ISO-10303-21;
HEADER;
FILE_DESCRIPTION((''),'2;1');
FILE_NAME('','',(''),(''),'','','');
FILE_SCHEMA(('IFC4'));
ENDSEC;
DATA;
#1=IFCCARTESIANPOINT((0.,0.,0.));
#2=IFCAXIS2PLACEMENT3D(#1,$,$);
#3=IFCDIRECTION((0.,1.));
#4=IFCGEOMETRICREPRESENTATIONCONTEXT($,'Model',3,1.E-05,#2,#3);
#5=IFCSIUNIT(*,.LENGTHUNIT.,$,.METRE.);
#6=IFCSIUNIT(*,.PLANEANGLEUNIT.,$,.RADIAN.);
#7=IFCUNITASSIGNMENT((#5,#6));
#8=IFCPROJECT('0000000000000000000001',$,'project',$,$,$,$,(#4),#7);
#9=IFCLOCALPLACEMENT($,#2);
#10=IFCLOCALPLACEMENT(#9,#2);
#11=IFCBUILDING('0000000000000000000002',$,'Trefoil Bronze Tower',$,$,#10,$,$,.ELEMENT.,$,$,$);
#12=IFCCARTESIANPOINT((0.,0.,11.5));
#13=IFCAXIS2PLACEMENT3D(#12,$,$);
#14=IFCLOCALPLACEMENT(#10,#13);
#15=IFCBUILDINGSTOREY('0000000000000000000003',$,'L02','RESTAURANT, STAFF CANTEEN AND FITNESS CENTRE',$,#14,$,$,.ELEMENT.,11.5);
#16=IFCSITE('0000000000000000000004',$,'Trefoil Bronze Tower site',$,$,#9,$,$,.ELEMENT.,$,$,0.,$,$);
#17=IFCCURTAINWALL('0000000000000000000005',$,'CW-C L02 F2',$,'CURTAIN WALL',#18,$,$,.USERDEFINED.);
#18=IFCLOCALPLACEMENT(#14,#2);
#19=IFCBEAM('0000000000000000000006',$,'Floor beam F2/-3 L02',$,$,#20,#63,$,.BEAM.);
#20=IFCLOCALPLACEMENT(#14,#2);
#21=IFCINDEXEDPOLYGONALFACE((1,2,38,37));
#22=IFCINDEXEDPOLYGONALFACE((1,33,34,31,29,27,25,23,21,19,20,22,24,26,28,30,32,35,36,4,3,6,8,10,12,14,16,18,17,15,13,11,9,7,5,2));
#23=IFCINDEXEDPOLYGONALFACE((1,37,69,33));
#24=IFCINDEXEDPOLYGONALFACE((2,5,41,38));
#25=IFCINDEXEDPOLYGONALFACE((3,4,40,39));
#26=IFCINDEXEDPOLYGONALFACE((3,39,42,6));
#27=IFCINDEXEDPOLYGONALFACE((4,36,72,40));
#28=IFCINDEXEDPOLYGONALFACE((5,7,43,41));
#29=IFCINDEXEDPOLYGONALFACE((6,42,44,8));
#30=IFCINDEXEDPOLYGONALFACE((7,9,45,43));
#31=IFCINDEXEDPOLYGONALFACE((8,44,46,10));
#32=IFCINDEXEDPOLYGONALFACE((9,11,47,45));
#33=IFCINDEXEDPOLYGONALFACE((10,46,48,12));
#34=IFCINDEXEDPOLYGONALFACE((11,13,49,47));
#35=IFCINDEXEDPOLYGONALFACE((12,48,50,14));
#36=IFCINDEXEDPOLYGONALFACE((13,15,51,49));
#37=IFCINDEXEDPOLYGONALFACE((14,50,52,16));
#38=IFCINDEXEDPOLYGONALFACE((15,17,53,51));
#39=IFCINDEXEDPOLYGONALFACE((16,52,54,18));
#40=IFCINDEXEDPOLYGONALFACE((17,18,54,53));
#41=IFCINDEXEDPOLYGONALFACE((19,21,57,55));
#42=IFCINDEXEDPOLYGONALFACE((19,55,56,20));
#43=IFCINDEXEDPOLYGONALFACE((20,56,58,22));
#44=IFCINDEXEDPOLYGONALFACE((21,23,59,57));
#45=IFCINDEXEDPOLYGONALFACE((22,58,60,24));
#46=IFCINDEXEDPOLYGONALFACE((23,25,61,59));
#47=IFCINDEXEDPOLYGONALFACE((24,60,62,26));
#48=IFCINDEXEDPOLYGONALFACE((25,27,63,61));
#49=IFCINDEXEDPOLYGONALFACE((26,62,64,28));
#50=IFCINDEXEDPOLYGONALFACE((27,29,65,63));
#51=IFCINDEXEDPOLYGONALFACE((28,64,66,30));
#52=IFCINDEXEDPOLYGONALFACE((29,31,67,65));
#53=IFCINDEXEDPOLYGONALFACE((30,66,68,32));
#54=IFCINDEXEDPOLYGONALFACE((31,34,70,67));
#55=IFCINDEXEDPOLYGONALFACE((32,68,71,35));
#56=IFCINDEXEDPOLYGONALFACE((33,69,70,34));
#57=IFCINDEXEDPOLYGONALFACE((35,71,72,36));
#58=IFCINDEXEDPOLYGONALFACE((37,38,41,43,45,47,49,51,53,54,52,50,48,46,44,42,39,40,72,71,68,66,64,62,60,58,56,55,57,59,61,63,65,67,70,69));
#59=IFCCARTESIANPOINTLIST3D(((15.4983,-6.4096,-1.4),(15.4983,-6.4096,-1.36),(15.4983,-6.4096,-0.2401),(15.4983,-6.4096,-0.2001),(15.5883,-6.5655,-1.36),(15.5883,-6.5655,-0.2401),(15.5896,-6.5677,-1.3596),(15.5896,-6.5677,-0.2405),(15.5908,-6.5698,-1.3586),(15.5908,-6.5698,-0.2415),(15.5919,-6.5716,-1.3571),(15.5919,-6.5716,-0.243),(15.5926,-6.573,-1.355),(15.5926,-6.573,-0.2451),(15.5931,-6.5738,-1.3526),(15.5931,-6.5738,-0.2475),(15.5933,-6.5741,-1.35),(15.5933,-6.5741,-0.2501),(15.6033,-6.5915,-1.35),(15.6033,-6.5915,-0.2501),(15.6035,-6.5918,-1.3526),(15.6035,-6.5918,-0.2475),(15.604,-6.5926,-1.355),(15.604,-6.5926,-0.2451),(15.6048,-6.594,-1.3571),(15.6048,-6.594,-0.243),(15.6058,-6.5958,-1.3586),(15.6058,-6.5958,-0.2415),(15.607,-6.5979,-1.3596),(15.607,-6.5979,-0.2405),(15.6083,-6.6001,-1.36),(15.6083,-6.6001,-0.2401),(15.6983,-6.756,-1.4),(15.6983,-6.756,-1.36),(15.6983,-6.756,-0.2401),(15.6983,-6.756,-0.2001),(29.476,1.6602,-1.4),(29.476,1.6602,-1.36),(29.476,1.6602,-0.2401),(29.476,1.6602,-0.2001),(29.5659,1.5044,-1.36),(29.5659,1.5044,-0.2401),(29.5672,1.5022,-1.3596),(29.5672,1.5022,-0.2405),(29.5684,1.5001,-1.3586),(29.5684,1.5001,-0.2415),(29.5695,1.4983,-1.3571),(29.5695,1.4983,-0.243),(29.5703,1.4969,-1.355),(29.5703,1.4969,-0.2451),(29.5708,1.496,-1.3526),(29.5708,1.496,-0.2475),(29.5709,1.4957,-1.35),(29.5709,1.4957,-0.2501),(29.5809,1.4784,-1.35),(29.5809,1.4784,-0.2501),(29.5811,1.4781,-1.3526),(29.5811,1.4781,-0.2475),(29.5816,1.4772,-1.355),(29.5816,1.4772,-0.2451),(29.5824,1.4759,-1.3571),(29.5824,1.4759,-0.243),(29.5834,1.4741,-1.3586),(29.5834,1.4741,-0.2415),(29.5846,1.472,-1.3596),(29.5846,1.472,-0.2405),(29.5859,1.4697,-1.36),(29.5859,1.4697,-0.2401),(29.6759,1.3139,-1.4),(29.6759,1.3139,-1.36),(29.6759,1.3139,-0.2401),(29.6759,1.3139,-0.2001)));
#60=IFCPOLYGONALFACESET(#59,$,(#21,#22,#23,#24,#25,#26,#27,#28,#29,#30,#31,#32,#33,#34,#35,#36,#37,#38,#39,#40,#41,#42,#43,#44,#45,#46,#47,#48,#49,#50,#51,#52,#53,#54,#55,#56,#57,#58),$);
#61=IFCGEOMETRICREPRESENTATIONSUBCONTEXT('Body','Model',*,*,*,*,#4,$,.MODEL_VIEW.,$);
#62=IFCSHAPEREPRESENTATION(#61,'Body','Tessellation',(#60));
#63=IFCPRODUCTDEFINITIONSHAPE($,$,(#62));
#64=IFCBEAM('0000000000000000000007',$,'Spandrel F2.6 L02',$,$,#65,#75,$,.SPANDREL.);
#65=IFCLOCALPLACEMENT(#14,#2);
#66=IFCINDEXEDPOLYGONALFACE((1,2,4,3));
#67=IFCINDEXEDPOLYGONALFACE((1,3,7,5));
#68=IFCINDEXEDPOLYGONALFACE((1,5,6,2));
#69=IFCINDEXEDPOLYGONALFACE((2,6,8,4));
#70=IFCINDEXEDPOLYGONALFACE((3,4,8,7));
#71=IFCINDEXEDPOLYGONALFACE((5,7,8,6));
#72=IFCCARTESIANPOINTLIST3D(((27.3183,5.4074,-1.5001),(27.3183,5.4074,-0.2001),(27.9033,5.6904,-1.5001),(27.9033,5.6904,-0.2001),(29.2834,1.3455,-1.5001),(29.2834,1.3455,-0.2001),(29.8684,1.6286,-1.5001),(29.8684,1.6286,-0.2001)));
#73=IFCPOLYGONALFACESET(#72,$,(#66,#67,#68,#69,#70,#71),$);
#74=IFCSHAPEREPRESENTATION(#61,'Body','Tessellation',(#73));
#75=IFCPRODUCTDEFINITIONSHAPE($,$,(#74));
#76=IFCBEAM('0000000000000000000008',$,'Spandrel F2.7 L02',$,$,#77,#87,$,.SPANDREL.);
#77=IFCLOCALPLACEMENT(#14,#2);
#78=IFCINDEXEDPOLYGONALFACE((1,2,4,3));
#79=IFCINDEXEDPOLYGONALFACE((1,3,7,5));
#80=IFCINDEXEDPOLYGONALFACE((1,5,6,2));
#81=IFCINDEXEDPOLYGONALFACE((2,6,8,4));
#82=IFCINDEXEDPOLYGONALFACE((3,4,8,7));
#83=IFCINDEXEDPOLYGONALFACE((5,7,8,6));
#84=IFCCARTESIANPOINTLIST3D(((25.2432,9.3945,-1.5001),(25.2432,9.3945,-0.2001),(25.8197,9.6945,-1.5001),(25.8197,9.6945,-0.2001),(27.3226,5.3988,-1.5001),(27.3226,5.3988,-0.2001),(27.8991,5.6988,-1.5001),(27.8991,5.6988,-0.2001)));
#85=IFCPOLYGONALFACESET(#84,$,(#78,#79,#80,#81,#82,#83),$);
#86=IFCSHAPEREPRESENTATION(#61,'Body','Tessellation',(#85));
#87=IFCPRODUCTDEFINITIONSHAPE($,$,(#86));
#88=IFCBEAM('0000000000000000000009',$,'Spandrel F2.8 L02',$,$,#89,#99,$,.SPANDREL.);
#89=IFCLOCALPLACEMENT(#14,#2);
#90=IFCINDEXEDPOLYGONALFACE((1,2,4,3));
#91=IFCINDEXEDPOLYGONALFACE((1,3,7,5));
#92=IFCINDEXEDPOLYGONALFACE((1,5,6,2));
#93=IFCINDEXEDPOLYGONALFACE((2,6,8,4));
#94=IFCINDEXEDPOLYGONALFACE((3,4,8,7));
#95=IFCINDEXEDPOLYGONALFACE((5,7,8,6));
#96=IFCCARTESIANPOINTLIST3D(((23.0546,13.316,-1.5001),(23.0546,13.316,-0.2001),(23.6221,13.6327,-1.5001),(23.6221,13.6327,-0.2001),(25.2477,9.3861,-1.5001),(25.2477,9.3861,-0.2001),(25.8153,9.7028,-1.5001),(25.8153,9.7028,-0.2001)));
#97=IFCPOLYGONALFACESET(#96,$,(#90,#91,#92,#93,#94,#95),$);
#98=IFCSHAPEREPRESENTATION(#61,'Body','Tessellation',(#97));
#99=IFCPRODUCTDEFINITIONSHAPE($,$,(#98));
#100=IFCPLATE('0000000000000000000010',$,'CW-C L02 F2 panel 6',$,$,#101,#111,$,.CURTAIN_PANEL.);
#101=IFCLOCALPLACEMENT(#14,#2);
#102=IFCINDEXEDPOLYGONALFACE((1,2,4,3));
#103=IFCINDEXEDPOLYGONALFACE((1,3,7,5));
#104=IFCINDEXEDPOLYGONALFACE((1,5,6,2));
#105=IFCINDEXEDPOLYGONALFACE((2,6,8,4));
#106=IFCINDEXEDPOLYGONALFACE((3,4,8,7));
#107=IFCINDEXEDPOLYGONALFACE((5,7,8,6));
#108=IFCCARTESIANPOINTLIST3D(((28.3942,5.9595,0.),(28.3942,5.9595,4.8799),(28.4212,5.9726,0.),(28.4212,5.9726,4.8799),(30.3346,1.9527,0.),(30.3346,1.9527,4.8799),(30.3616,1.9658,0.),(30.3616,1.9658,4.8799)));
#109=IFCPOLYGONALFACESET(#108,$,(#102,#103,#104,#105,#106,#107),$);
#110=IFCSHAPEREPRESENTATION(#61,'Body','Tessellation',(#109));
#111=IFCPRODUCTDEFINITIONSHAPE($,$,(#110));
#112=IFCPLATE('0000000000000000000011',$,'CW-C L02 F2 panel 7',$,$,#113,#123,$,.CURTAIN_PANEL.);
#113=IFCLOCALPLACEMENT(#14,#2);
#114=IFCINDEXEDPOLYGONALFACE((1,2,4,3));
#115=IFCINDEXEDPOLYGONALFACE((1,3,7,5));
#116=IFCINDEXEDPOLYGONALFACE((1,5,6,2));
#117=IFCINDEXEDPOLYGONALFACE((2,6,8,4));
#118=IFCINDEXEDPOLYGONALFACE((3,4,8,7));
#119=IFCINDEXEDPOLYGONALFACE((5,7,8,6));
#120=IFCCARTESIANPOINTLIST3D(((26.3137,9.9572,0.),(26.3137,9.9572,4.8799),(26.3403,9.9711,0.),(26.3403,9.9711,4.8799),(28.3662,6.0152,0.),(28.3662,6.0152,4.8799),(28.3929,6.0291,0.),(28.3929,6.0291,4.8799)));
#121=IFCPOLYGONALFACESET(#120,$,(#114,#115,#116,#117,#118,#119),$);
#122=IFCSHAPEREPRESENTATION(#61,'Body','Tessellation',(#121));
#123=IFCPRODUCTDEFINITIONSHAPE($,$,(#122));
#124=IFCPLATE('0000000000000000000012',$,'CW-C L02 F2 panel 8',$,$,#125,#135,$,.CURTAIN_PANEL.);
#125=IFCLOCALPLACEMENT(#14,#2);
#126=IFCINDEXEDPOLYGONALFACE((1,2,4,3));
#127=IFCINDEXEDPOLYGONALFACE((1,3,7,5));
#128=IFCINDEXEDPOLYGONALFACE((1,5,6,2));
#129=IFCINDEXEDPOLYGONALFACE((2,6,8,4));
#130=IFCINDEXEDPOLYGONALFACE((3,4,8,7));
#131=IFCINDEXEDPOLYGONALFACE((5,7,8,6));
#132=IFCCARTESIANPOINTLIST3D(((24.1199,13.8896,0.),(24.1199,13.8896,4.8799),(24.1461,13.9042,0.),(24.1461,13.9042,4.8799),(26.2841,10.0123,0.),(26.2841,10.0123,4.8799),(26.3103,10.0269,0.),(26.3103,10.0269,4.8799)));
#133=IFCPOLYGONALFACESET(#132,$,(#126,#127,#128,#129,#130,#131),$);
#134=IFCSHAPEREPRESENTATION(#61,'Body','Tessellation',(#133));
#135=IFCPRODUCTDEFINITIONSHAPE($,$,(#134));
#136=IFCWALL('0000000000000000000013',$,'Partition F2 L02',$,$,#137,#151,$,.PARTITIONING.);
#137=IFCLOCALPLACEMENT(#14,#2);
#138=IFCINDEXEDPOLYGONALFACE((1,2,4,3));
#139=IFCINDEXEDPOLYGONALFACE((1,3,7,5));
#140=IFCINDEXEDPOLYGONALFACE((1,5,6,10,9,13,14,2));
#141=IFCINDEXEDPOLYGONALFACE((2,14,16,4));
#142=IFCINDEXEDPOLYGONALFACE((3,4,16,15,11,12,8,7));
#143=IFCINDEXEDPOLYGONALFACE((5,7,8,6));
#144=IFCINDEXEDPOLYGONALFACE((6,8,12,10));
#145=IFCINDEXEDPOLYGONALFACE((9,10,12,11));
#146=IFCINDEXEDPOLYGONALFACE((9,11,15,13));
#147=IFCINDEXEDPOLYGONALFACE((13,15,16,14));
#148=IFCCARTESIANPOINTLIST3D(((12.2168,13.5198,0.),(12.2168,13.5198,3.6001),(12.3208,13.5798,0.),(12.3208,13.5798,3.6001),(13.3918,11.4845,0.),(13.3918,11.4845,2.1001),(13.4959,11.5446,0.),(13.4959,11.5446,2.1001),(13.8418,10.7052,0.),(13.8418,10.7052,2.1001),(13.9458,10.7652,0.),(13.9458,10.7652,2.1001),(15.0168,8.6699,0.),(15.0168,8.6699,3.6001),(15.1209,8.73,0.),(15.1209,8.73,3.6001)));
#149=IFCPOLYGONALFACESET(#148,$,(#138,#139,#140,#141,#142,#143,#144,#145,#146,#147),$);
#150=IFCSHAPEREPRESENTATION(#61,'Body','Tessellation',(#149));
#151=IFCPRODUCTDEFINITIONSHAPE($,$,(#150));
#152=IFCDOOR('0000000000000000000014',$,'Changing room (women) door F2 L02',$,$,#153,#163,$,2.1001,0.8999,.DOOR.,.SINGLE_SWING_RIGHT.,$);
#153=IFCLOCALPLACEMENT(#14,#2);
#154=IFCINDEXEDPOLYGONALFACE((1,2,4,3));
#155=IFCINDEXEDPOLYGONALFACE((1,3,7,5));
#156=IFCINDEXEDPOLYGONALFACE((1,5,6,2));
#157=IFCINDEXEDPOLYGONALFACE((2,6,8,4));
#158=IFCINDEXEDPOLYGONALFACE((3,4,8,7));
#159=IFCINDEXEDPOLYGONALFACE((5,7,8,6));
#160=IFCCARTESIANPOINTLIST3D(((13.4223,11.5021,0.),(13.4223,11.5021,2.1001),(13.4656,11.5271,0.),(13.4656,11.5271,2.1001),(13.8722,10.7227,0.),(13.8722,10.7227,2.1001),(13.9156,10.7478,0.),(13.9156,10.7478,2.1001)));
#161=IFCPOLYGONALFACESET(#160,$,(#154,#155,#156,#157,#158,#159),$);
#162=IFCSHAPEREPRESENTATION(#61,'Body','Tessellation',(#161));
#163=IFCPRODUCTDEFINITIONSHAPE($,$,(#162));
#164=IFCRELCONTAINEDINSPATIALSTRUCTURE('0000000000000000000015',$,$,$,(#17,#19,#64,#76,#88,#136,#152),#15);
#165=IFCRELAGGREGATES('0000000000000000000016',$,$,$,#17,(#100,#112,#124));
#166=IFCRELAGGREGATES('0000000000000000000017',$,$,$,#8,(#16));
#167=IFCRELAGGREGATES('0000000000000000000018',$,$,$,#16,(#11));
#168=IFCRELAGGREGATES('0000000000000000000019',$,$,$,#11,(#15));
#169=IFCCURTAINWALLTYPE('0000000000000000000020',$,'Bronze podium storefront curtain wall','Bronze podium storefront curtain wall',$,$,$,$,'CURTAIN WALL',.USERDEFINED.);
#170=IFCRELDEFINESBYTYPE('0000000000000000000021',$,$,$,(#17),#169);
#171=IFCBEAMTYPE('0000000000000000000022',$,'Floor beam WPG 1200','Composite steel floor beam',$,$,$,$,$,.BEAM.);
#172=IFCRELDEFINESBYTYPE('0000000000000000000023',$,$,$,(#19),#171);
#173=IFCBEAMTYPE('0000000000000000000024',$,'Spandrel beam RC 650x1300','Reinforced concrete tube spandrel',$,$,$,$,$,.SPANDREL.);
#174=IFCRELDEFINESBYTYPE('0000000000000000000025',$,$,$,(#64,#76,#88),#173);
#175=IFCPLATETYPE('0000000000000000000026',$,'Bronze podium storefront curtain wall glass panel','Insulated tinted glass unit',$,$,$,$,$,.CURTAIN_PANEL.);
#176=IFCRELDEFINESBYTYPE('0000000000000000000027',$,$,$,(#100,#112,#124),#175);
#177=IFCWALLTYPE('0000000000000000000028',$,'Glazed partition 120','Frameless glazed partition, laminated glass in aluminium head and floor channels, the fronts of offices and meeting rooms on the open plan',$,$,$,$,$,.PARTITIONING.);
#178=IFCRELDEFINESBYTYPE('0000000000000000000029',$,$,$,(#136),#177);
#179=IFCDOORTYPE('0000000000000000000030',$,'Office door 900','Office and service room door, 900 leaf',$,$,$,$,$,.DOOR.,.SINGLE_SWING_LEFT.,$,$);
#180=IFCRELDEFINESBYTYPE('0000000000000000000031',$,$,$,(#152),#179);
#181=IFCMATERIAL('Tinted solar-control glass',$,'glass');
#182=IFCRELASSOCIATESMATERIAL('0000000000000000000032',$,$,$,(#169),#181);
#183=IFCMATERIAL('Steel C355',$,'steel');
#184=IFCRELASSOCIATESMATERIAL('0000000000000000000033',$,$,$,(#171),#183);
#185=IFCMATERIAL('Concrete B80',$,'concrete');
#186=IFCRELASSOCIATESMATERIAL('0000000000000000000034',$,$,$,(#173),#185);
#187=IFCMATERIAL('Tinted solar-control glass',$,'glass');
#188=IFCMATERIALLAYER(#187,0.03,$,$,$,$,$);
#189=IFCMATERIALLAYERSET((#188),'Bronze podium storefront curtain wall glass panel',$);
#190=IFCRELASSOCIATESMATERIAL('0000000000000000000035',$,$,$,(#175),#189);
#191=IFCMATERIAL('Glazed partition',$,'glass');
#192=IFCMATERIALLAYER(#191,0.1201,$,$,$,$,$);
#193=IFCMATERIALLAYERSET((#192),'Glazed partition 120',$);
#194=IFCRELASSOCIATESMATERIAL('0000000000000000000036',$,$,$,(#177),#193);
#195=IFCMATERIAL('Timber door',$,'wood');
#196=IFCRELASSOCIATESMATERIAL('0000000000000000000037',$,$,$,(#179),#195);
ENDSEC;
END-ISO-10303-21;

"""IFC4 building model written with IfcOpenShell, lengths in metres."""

from ifc_helpers import new_model, si_unit, direction, frame, frame_2d, origin, origin_2d, place, context, subcontext, project, spatial, rectangle, i_section, extrude, material, layer, layer_set, material_profile, profile_set, type_object, element, fill, aggregate, save


model = new_model("IFC4")

# Units and contexts
model_context = context("Model", 3, precision=1e-05, world=origin(), true_north=direction((0.0, 1.0)))
body_context = subcontext(model_context, "Body", "Model", "MODEL_VIEW")
ifc_project = project(units=[si_unit("LENGTHUNIT", "METRE"), si_unit("PLANEANGLEUNIT", "RADIAN")], contexts=[model_context])

# Site, building, storey
site_placement = place(None, origin())
site = spatial("IfcSite", under=ifc_project, at=site_placement, Name="Trefoil Bronze Tower site", CompositionType="ELEMENT", RefElevation=0.0)
building_placement = place(site_placement, origin())
building = spatial("IfcBuilding", under=site, at=building_placement, Name="Trefoil Bronze Tower", CompositionType="ELEMENT")
storey_placement = place(building_placement, frame((0.0, 0.0, 11.5)))
storey = spatial("IfcBuildingStorey", under=building, at=storey_placement, Name="L02", Description="RESTAURANT, STAFF CANTEEN AND FITNESS CENTRE", CompositionType="ELEMENT", Elevation=11.5)

# Curtain wall
ifc_material_1 = material(Name="Tinted solar-control glass", Category="glass")
curtain_wall_type = type_object("IfcCurtainWallType", Name="Bronze podium storefront curtain wall", Description="Bronze podium storefront curtain wall", ElementType="CURTAIN WALL", PredefinedType="USERDEFINED", material=ifc_material_1)
curtain_wall_placement = place(storey_placement, origin())
curtain_wall = element("IfcCurtainWall", 1, at=curtain_wall_placement, inside=storey, type_object=curtain_wall_type, Name="CW-C L02 F2", ObjectType="CURTAIN WALL", PredefinedType="USERDEFINED")

# Beams
ifc_material_2 = material(Name="Steel C355", Category="steel")
ifc_material_profile_1 = material_profile(ifc_material_2, i_section(OverallWidth=0.3999, OverallDepth=1.2, WebThickness=0.02, FlangeThickness=0.04, FilletRadius=0.01, at=origin_2d()), Name="WPG 1200")
ifc_profile_set_1 = profile_set([ifc_material_profile_1], Name="Steel C355")
beam_type_1 = type_object("IfcBeamType", Name="Floor beam WPG 1200", Description="Composite steel floor beam", PredefinedType="BEAM", material=ifc_profile_set_1)
beam_1_placement = place(storey_placement, frame((29.5759, 1.4871, -0.8), z_axis=(-0.866028, -0.499995, 0.0), x_axis=(0.499995, -0.866028, 0.0)))
element("IfcBeam", 2, at=beam_1_placement, inside=storey, type_object=beam_type_1, Name="Floor beam F2/-3 L02", PredefinedType="BEAM", context=body_context, shape_type="SweptSolid", body=[
    extrude(i_section(OverallWidth=0.3999, OverallDepth=1.2, WebThickness=0.02, FlangeThickness=0.04, FilletRadius=0.01, at=origin_2d()), origin(), (0.0, 0.0, 1.0), 16.1399),
])
ifc_material_3 = material(Name="Concrete B80", Category="concrete")
ifc_material_profile_2 = material_profile(ifc_material_3, rectangle(XDim=0.6499, YDim=1.3, at=origin_2d()), Name="RC 650x1300")
ifc_profile_set_2 = profile_set([ifc_material_profile_2], Name="Concrete B80")
beam_type_2 = type_object("IfcBeamType", Name="Spandrel beam RC 650x1300", Description="Reinforced concrete tube spandrel", PredefinedType="SPANDREL", material=ifc_profile_set_2)
beam_2_placement = place(storey_placement, frame((29.5759, 1.4871, -0.8501), z_axis=(-0.43551, 0.900184, 0.0), x_axis=(-0.900184, -0.43551, 0.0)))
element("IfcBeam", 3, at=beam_2_placement, inside=storey, type_object=beam_type_2, Name="Spandrel F2.6 L02", PredefinedType="SPANDREL", context=body_context, shape_type="SweptSolid", body=[
    extrude(rectangle(XDim=0.6499, YDim=1.3, at=origin_2d()), origin(), (0.0, 0.0, 1.0), 4.5122),
])
beam_3_placement = place(storey_placement, frame((27.6108, 5.5488, -0.8501), z_axis=(-0.461638, 0.887069, 0.0), x_axis=(-0.887069, -0.461638, 0.0)))
element("IfcBeam", 4, at=beam_3_placement, inside=storey, type_object=beam_type_2, Name="Spandrel F2.7 L02", PredefinedType="SPANDREL", context=body_context, shape_type="SweptSolid", body=[
    extrude(rectangle(XDim=0.6499, YDim=1.3, at=origin_2d()), origin(), (0.0, 0.0, 1.0), 4.5044),
])
beam_4_placement = place(storey_placement, frame((25.5315, 9.5444, -0.8501), z_axis=(-0.487309, 0.873229, 0.0), x_axis=(-0.873229, -0.487309, 0.0)))
element("IfcBeam", 5, at=beam_4_placement, inside=storey, type_object=beam_type_2, Name="Spandrel F2.8 L02", PredefinedType="SPANDREL", context=body_context, shape_type="SweptSolid", body=[
    extrude(rectangle(XDim=0.6499, YDim=1.3, at=origin_2d()), origin(), (0.0, 0.0, 1.0), 4.5005),
])

# Plates
ifc_material_4 = material(Name="Tinted solar-control glass", Category="glass")
ifc_layer_1 = layer(ifc_material_4, 0.03)
ifc_layer_set_1 = layer_set([ifc_layer_1], Name="Bronze podium storefront curtain wall glass panel")
plate_type = type_object("IfcPlateType", Name="Bronze podium storefront curtain wall glass panel", Description="Insulated tinted glass unit", PredefinedType="CURTAIN_PANEL", material=ifc_layer_set_1)
plate_1_placement = place(storey_placement, frame((29.3779, 3.9626, 0.0), z_axis=(0.0, 0.0, 1.0), x_axis=(-0.435855, 0.900017, 0.0)))
plate_1 = element("IfcPlate", 6, at=plate_1_placement, type_object=plate_type, Name="CW-C L02 F2 panel 6", PredefinedType="CURTAIN_PANEL", context=body_context, shape_type="SweptSolid", body=[
    extrude(rectangle(XDim=4.4519, YDim=0.03, at=origin_2d()), origin(), (0.0, 0.0, 1.0), 4.8799),
])
plate_2_placement = place(storey_placement, frame((27.3533, 7.9932, 0.0), z_axis=(0.0, 0.0, 1.0), x_axis=(-0.46183, 0.886969, 0.0)))
plate_2 = element("IfcPlate", 7, at=plate_2_placement, type_object=plate_type, Name="CW-C L02 F2 panel 7", PredefinedType="CURTAIN_PANEL", context=body_context, shape_type="SweptSolid", body=[
    extrude(rectangle(XDim=4.4443, YDim=0.03, at=origin_2d()), origin(), (0.0, 0.0, 1.0), 4.8799),
])
plate_3_placement = place(storey_placement, frame((25.2151, 11.9583, 0.0), z_axis=(0.0, 0.0, 1.0), x_axis=(-0.487382, 0.873189, 0.0)))
plate_3 = element("IfcPlate", 8, at=plate_3_placement, type_object=plate_type, Name="CW-C L02 F2 panel 8", PredefinedType="CURTAIN_PANEL", context=body_context, shape_type="SweptSolid", body=[
    extrude(rectangle(XDim=4.4404, YDim=0.03, at=origin_2d()), origin(), (0.0, 0.0, 1.0), 4.8799),
])
aggregate(curtain_wall, [plate_1, plate_2, plate_3])

# Wall, opening, door
ifc_material_5 = material(Name="Glazed partition", Category="glass")
ifc_layer_2 = layer(ifc_material_5, 0.1201)
ifc_layer_set_2 = layer_set([ifc_layer_2], Name="Glazed partition 120")
wall_type_1 = type_object("IfcWallType", Name="Glazed partition 120", Description="Frameless glazed partition, laminated glass in aluminium head and floor channels, the fronts of offices and meeting rooms on the open plan", PredefinedType="PARTITIONING", material=ifc_layer_set_2)
wall_1_placement = place(storey_placement, frame((15.0688, 8.7, 0.0), z_axis=(0.0, 0.0, 1.0), x_axis=(-0.499998, 0.866027, 0.0)))
wall_1 = element("IfcWall", 9, at=wall_1_placement, inside=storey, type_object=wall_type_1, Name="Partition F2 L02", PredefinedType="PARTITIONING", context=body_context, shape_type="SweptSolid", body=[
    extrude(rectangle(XDim=5.6001, YDim=0.1201, at=frame_2d((2.8, 0.0))), origin(), (0.0, 0.0, 1.0), 3.6001),
])
opening_1_placement = place(wall_1_placement, frame((2.3501, 0.0, 0.0)))
opening_1 = element("IfcOpeningElement", 10, at=opening_1_placement, cuts=wall_1, PredefinedType="OPENING", context=body_context, shape_type="SweptSolid", body=[
    extrude(rectangle(XDim=0.8999, YDim=2.1001, at=frame_2d((0.45, 1.05))), frame((0.0, 0.0701, 0.0), z_axis=(0.0, -1.0, 0.0), x_axis=(1.0, 0.0, 0.0)), (0.0, 0.0, 1.0), 0.1401),
])
ifc_material_6 = material(Name="Timber door", Category="wood")
door_type = type_object("IfcDoorType", Name="Office door 900", Description="Office and service room door, 900 leaf", OperationType="SINGLE_SWING_LEFT", PredefinedType="DOOR", material=ifc_material_6)
door_1_placement = place(opening_1_placement, origin())
door_1 = element("IfcDoor", 11, at=door_1_placement, inside=storey, type_object=door_type, Name="Changing room (women) door F2 L02", OperationType="SINGLE_SWING_RIGHT", OverallHeight=2.1001, OverallWidth=0.8999, PredefinedType="DOOR", context=body_context, shape_type="SweptSolid", body=[
    extrude(rectangle(XDim=0.8999, YDim=2.1001, at=frame_2d((0.45, 1.05))), frame((0.0, 0.0249, 0.0), z_axis=(0.0, -1.0, 0.0), x_axis=(1.0, 0.0, 0.0)), (0.0, 0.0, 1.0), 0.05),
])
fill(opening_1, door_1)

save(model, "model.ifc")
